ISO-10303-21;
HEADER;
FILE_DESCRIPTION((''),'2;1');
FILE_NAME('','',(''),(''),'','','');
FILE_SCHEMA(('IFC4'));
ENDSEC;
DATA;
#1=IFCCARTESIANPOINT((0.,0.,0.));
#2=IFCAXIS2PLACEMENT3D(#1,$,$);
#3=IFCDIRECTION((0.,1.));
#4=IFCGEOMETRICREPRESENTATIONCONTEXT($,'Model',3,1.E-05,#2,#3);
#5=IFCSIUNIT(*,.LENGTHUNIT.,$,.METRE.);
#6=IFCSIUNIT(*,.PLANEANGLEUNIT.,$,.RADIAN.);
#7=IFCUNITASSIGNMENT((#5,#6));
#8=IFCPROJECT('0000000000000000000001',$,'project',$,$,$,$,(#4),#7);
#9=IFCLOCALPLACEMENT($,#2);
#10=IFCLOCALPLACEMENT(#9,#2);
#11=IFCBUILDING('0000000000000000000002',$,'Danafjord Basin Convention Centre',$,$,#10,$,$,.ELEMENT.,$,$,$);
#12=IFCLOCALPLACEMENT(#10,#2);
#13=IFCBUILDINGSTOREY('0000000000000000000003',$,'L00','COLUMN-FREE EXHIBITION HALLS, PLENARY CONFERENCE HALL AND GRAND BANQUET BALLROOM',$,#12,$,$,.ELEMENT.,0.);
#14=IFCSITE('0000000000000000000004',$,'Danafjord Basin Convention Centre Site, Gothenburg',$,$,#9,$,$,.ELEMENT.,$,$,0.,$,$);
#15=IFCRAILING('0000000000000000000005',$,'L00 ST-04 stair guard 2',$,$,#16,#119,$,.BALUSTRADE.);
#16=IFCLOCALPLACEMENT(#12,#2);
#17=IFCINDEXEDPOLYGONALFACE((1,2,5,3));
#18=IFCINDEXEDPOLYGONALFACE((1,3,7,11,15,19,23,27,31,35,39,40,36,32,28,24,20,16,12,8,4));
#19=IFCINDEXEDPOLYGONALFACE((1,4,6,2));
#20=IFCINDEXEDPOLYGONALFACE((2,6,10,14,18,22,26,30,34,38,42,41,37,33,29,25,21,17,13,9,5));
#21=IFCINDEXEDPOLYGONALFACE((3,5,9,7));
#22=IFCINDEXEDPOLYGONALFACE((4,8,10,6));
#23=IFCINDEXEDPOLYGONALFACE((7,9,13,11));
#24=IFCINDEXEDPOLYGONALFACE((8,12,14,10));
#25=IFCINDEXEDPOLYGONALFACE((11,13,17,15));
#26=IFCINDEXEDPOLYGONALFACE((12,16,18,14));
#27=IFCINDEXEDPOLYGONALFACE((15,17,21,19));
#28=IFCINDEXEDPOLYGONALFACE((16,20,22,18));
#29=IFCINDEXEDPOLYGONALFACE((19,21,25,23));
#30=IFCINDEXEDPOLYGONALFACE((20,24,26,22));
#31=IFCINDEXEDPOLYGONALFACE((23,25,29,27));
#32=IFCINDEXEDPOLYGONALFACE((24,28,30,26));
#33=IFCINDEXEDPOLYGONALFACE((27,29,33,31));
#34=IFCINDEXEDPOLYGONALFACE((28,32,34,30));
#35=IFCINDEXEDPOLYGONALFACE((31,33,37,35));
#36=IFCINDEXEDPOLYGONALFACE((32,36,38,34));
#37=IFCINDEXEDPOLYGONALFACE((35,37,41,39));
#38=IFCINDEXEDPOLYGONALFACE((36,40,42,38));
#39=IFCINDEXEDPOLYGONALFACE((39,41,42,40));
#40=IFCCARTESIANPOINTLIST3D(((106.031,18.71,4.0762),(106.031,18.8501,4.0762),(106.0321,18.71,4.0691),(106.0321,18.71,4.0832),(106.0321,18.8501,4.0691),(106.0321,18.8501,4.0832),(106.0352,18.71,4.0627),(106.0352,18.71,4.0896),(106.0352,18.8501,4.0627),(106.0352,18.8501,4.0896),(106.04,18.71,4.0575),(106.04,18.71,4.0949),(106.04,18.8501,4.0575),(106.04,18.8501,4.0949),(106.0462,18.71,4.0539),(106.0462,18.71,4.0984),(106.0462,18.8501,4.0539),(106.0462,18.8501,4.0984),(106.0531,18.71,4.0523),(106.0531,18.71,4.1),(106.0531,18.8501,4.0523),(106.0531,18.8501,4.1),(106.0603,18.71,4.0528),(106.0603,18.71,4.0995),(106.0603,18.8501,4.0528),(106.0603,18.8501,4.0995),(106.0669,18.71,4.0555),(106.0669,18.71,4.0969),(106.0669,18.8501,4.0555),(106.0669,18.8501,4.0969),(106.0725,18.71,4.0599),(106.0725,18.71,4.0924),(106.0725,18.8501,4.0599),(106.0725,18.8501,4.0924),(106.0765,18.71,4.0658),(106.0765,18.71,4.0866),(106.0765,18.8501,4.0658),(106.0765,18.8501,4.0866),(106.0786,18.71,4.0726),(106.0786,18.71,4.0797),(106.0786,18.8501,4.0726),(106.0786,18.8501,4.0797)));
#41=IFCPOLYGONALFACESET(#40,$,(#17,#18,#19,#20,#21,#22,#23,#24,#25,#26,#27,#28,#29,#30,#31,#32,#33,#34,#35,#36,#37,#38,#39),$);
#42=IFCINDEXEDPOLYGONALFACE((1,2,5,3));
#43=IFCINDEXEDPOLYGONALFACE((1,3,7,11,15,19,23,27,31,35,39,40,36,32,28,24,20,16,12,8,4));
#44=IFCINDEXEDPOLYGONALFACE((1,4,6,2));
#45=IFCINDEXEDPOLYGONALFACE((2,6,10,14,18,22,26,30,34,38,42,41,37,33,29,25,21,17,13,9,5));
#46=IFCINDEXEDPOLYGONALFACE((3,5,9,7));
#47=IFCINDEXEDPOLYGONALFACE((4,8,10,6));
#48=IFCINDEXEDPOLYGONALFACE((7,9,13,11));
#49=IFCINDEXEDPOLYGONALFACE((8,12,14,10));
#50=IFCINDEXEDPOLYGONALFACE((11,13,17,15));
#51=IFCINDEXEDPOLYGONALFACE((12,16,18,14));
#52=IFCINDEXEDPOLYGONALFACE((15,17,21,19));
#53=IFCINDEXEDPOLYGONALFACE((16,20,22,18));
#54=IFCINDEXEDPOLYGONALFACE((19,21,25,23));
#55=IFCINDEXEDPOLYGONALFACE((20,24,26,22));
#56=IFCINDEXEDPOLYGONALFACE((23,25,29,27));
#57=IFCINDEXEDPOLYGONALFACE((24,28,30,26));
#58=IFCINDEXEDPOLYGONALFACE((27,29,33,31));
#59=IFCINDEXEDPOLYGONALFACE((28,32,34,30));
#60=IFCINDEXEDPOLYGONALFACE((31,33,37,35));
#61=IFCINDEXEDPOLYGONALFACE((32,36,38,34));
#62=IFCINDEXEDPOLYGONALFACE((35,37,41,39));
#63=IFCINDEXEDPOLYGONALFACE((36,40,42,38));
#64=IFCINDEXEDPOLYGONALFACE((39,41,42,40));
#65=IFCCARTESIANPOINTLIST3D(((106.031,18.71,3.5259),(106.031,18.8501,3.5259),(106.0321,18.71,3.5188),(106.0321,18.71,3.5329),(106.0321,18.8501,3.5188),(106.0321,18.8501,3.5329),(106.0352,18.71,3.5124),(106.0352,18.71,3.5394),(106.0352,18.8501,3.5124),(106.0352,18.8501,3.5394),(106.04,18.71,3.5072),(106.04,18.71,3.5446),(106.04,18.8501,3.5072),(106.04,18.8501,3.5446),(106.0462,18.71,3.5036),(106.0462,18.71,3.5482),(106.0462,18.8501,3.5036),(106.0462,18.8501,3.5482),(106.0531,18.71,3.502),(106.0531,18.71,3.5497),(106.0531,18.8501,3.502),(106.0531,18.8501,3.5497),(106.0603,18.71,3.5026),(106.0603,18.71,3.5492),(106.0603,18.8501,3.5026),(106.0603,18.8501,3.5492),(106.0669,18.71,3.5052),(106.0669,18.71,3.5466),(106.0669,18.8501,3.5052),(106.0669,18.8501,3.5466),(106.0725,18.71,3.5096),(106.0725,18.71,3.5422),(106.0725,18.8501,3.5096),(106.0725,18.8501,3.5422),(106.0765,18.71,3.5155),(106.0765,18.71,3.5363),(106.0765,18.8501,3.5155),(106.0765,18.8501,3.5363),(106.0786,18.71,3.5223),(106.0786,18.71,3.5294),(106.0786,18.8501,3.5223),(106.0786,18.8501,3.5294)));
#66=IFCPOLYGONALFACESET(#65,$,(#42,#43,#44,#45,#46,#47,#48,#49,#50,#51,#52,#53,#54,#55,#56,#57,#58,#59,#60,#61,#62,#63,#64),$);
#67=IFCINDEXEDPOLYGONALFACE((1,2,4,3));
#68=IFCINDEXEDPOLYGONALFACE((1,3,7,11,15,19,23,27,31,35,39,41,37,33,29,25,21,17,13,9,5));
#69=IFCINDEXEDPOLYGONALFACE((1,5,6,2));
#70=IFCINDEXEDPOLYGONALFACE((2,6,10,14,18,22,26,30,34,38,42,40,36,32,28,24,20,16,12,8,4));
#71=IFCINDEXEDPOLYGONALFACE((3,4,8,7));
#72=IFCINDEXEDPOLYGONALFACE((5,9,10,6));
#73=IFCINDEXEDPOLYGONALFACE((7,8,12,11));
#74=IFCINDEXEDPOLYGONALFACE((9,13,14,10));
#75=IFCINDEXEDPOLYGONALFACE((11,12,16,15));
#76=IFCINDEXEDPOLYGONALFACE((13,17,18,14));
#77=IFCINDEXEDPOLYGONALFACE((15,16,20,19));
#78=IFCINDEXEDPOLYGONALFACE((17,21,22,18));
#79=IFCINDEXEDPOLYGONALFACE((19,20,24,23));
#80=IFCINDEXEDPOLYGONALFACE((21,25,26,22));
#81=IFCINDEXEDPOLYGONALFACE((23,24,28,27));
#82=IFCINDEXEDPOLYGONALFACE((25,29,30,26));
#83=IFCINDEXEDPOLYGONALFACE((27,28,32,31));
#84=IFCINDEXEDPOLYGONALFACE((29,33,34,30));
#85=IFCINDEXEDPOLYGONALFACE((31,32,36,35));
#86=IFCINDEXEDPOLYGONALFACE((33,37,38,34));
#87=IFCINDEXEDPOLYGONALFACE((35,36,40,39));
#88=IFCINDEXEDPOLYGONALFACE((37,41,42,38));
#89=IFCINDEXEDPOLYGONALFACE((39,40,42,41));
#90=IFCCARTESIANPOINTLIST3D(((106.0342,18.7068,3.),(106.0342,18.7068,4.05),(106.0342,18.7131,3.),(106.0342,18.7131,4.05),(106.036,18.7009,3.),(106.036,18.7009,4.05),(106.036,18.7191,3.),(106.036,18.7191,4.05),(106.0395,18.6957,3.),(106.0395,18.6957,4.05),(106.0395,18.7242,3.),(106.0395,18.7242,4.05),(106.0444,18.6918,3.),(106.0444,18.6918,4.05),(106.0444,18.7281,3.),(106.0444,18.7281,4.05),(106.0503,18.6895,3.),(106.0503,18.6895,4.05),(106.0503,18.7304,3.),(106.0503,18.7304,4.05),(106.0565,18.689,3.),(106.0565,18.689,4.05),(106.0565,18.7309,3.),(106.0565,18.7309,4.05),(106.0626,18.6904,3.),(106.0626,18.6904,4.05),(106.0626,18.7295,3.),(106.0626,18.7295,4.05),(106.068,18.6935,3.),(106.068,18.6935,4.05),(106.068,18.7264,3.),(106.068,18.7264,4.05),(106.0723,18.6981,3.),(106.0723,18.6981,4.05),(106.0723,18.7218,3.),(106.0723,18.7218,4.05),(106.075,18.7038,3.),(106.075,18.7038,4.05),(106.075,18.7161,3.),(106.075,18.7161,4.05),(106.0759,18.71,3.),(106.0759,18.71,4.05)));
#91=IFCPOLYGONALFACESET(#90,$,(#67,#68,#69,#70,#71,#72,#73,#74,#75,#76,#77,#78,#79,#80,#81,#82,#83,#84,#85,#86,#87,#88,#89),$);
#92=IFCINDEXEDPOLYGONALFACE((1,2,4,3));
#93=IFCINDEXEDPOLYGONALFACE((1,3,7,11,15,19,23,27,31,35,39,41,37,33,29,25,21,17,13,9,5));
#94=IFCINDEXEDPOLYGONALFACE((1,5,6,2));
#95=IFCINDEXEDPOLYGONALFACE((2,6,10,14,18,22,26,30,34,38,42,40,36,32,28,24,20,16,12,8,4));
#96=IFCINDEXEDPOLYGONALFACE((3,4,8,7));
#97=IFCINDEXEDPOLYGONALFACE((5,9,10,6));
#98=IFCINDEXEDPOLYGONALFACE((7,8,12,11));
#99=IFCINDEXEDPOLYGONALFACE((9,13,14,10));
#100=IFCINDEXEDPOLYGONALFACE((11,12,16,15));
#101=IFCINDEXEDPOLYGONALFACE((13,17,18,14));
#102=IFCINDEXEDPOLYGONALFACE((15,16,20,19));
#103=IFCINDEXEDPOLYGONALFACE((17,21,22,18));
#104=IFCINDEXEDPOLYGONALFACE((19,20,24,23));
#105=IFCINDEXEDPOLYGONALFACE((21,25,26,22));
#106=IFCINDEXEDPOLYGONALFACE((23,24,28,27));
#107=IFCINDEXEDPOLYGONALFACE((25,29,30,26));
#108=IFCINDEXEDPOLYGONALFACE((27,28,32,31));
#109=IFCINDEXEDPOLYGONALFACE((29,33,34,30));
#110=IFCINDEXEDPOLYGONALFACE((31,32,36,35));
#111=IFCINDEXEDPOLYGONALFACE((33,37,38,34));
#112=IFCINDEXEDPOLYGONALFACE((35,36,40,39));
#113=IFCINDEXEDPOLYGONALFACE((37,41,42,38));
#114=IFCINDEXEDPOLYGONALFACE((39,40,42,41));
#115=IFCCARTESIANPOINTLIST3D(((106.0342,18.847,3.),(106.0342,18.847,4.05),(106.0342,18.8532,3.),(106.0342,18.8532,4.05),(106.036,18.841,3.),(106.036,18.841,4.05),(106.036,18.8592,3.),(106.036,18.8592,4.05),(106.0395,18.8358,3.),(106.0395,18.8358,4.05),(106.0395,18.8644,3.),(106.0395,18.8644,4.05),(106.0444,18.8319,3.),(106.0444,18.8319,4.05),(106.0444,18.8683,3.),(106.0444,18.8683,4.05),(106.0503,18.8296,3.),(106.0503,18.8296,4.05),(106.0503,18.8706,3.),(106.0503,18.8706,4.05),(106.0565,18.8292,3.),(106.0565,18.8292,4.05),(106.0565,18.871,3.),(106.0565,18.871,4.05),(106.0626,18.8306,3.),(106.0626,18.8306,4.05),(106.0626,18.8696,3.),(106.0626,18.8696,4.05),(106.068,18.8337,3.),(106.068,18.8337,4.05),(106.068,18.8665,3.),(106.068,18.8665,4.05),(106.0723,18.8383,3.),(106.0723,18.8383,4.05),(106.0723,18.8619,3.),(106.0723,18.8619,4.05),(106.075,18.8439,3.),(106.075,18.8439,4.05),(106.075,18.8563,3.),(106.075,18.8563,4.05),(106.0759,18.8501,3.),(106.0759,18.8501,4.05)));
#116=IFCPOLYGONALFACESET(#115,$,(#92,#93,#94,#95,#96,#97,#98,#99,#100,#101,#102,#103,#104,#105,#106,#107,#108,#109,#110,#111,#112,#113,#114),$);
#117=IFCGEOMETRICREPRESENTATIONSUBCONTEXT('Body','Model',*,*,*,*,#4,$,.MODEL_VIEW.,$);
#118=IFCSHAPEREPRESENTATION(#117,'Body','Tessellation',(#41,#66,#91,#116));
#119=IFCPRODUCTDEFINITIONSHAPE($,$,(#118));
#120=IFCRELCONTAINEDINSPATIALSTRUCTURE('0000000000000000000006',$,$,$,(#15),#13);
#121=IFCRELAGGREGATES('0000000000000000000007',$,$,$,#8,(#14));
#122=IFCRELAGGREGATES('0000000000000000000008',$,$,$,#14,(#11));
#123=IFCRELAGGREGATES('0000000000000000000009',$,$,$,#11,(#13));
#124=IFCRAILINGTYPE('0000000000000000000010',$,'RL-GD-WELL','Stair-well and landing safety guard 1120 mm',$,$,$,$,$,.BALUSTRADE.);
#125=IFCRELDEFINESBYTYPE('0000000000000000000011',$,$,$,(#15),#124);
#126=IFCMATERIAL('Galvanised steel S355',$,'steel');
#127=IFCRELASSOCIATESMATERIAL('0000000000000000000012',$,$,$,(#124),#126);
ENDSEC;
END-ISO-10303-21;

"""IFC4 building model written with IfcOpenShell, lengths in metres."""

from ifc_helpers import new_model, si_unit, direction, frame, origin, origin_2d, place, context, subcontext, project, spatial, circle, extrude, material, type_object, element, save


model = new_model("IFC4")

# Units and contexts
model_context = context("Model", 3, precision=1e-05, world=origin(), true_north=direction((0.0, 1.0)))
body_context = subcontext(model_context, "Body", "Model", "MODEL_VIEW")
ifc_project = project(units=[si_unit("LENGTHUNIT", "METRE"), si_unit("PLANEANGLEUNIT", "RADIAN")], contexts=[model_context])

# Site, building, storey
site_placement = place(None, origin())
site = spatial("IfcSite", under=ifc_project, at=site_placement, Name="Danafjord Basin Convention Centre Site, Gothenburg", CompositionType="ELEMENT", RefElevation=0.0)
building_placement = place(site_placement, origin())
building = spatial("IfcBuilding", under=site, at=building_placement, Name="Danafjord Basin Convention Centre", CompositionType="ELEMENT")
storey_placement = place(building_placement, origin())
storey = spatial("IfcBuildingStorey", under=building, at=storey_placement, Name="L00", Description="COLUMN-FREE EXHIBITION HALLS, PLENARY CONFERENCE HALL AND GRAND BANQUET BALLROOM", CompositionType="ELEMENT", Elevation=0.0)

# Railing
ifc_material_1 = material(Name="Galvanised steel S355", Category="steel")
railing_type_1 = type_object("IfcRailingType", Name="RL-GD-WELL", Description="Stair-well and landing safety guard 1120 mm", PredefinedType="BALUSTRADE", material=ifc_material_1)
railing_1_placement = place(storey_placement, frame((106.0549, 18.71, 3.0)))
element("IfcRailing", 1, at=railing_1_placement, inside=storey, type_object=railing_type_1, Name="L00 ST-04 stair guard 2", PredefinedType="BALUSTRADE", context=body_context, shape_type="SweptSolid", body=[
    extrude(circle(Radius=0.0239, at=origin_2d()), frame((0.0, 0.0, 1.0762), z_axis=(0.0, 1.0, 0.0), x_axis=(-1.0, 0.0, 0.0)), (0.0, 0.0, 1.0), 0.1401),
    extrude(circle(Radius=0.0239, at=origin_2d()), frame((0.0, 0.0, 0.5259), z_axis=(0.0, 1.0, 0.0), x_axis=(-1.0, 0.0, 0.0)), (0.0, 0.0, 1.0), 0.1401),
    extrude(circle(Radius=0.021, at=origin_2d()), origin(), (0.0, 0.0, 1.0), 1.05),
    extrude(circle(Radius=0.021, at=origin_2d()), frame((0.0, 0.1401, 0.0)), (0.0, 0.0, 1.0), 1.05),
])

save(model, "model.ifc")
